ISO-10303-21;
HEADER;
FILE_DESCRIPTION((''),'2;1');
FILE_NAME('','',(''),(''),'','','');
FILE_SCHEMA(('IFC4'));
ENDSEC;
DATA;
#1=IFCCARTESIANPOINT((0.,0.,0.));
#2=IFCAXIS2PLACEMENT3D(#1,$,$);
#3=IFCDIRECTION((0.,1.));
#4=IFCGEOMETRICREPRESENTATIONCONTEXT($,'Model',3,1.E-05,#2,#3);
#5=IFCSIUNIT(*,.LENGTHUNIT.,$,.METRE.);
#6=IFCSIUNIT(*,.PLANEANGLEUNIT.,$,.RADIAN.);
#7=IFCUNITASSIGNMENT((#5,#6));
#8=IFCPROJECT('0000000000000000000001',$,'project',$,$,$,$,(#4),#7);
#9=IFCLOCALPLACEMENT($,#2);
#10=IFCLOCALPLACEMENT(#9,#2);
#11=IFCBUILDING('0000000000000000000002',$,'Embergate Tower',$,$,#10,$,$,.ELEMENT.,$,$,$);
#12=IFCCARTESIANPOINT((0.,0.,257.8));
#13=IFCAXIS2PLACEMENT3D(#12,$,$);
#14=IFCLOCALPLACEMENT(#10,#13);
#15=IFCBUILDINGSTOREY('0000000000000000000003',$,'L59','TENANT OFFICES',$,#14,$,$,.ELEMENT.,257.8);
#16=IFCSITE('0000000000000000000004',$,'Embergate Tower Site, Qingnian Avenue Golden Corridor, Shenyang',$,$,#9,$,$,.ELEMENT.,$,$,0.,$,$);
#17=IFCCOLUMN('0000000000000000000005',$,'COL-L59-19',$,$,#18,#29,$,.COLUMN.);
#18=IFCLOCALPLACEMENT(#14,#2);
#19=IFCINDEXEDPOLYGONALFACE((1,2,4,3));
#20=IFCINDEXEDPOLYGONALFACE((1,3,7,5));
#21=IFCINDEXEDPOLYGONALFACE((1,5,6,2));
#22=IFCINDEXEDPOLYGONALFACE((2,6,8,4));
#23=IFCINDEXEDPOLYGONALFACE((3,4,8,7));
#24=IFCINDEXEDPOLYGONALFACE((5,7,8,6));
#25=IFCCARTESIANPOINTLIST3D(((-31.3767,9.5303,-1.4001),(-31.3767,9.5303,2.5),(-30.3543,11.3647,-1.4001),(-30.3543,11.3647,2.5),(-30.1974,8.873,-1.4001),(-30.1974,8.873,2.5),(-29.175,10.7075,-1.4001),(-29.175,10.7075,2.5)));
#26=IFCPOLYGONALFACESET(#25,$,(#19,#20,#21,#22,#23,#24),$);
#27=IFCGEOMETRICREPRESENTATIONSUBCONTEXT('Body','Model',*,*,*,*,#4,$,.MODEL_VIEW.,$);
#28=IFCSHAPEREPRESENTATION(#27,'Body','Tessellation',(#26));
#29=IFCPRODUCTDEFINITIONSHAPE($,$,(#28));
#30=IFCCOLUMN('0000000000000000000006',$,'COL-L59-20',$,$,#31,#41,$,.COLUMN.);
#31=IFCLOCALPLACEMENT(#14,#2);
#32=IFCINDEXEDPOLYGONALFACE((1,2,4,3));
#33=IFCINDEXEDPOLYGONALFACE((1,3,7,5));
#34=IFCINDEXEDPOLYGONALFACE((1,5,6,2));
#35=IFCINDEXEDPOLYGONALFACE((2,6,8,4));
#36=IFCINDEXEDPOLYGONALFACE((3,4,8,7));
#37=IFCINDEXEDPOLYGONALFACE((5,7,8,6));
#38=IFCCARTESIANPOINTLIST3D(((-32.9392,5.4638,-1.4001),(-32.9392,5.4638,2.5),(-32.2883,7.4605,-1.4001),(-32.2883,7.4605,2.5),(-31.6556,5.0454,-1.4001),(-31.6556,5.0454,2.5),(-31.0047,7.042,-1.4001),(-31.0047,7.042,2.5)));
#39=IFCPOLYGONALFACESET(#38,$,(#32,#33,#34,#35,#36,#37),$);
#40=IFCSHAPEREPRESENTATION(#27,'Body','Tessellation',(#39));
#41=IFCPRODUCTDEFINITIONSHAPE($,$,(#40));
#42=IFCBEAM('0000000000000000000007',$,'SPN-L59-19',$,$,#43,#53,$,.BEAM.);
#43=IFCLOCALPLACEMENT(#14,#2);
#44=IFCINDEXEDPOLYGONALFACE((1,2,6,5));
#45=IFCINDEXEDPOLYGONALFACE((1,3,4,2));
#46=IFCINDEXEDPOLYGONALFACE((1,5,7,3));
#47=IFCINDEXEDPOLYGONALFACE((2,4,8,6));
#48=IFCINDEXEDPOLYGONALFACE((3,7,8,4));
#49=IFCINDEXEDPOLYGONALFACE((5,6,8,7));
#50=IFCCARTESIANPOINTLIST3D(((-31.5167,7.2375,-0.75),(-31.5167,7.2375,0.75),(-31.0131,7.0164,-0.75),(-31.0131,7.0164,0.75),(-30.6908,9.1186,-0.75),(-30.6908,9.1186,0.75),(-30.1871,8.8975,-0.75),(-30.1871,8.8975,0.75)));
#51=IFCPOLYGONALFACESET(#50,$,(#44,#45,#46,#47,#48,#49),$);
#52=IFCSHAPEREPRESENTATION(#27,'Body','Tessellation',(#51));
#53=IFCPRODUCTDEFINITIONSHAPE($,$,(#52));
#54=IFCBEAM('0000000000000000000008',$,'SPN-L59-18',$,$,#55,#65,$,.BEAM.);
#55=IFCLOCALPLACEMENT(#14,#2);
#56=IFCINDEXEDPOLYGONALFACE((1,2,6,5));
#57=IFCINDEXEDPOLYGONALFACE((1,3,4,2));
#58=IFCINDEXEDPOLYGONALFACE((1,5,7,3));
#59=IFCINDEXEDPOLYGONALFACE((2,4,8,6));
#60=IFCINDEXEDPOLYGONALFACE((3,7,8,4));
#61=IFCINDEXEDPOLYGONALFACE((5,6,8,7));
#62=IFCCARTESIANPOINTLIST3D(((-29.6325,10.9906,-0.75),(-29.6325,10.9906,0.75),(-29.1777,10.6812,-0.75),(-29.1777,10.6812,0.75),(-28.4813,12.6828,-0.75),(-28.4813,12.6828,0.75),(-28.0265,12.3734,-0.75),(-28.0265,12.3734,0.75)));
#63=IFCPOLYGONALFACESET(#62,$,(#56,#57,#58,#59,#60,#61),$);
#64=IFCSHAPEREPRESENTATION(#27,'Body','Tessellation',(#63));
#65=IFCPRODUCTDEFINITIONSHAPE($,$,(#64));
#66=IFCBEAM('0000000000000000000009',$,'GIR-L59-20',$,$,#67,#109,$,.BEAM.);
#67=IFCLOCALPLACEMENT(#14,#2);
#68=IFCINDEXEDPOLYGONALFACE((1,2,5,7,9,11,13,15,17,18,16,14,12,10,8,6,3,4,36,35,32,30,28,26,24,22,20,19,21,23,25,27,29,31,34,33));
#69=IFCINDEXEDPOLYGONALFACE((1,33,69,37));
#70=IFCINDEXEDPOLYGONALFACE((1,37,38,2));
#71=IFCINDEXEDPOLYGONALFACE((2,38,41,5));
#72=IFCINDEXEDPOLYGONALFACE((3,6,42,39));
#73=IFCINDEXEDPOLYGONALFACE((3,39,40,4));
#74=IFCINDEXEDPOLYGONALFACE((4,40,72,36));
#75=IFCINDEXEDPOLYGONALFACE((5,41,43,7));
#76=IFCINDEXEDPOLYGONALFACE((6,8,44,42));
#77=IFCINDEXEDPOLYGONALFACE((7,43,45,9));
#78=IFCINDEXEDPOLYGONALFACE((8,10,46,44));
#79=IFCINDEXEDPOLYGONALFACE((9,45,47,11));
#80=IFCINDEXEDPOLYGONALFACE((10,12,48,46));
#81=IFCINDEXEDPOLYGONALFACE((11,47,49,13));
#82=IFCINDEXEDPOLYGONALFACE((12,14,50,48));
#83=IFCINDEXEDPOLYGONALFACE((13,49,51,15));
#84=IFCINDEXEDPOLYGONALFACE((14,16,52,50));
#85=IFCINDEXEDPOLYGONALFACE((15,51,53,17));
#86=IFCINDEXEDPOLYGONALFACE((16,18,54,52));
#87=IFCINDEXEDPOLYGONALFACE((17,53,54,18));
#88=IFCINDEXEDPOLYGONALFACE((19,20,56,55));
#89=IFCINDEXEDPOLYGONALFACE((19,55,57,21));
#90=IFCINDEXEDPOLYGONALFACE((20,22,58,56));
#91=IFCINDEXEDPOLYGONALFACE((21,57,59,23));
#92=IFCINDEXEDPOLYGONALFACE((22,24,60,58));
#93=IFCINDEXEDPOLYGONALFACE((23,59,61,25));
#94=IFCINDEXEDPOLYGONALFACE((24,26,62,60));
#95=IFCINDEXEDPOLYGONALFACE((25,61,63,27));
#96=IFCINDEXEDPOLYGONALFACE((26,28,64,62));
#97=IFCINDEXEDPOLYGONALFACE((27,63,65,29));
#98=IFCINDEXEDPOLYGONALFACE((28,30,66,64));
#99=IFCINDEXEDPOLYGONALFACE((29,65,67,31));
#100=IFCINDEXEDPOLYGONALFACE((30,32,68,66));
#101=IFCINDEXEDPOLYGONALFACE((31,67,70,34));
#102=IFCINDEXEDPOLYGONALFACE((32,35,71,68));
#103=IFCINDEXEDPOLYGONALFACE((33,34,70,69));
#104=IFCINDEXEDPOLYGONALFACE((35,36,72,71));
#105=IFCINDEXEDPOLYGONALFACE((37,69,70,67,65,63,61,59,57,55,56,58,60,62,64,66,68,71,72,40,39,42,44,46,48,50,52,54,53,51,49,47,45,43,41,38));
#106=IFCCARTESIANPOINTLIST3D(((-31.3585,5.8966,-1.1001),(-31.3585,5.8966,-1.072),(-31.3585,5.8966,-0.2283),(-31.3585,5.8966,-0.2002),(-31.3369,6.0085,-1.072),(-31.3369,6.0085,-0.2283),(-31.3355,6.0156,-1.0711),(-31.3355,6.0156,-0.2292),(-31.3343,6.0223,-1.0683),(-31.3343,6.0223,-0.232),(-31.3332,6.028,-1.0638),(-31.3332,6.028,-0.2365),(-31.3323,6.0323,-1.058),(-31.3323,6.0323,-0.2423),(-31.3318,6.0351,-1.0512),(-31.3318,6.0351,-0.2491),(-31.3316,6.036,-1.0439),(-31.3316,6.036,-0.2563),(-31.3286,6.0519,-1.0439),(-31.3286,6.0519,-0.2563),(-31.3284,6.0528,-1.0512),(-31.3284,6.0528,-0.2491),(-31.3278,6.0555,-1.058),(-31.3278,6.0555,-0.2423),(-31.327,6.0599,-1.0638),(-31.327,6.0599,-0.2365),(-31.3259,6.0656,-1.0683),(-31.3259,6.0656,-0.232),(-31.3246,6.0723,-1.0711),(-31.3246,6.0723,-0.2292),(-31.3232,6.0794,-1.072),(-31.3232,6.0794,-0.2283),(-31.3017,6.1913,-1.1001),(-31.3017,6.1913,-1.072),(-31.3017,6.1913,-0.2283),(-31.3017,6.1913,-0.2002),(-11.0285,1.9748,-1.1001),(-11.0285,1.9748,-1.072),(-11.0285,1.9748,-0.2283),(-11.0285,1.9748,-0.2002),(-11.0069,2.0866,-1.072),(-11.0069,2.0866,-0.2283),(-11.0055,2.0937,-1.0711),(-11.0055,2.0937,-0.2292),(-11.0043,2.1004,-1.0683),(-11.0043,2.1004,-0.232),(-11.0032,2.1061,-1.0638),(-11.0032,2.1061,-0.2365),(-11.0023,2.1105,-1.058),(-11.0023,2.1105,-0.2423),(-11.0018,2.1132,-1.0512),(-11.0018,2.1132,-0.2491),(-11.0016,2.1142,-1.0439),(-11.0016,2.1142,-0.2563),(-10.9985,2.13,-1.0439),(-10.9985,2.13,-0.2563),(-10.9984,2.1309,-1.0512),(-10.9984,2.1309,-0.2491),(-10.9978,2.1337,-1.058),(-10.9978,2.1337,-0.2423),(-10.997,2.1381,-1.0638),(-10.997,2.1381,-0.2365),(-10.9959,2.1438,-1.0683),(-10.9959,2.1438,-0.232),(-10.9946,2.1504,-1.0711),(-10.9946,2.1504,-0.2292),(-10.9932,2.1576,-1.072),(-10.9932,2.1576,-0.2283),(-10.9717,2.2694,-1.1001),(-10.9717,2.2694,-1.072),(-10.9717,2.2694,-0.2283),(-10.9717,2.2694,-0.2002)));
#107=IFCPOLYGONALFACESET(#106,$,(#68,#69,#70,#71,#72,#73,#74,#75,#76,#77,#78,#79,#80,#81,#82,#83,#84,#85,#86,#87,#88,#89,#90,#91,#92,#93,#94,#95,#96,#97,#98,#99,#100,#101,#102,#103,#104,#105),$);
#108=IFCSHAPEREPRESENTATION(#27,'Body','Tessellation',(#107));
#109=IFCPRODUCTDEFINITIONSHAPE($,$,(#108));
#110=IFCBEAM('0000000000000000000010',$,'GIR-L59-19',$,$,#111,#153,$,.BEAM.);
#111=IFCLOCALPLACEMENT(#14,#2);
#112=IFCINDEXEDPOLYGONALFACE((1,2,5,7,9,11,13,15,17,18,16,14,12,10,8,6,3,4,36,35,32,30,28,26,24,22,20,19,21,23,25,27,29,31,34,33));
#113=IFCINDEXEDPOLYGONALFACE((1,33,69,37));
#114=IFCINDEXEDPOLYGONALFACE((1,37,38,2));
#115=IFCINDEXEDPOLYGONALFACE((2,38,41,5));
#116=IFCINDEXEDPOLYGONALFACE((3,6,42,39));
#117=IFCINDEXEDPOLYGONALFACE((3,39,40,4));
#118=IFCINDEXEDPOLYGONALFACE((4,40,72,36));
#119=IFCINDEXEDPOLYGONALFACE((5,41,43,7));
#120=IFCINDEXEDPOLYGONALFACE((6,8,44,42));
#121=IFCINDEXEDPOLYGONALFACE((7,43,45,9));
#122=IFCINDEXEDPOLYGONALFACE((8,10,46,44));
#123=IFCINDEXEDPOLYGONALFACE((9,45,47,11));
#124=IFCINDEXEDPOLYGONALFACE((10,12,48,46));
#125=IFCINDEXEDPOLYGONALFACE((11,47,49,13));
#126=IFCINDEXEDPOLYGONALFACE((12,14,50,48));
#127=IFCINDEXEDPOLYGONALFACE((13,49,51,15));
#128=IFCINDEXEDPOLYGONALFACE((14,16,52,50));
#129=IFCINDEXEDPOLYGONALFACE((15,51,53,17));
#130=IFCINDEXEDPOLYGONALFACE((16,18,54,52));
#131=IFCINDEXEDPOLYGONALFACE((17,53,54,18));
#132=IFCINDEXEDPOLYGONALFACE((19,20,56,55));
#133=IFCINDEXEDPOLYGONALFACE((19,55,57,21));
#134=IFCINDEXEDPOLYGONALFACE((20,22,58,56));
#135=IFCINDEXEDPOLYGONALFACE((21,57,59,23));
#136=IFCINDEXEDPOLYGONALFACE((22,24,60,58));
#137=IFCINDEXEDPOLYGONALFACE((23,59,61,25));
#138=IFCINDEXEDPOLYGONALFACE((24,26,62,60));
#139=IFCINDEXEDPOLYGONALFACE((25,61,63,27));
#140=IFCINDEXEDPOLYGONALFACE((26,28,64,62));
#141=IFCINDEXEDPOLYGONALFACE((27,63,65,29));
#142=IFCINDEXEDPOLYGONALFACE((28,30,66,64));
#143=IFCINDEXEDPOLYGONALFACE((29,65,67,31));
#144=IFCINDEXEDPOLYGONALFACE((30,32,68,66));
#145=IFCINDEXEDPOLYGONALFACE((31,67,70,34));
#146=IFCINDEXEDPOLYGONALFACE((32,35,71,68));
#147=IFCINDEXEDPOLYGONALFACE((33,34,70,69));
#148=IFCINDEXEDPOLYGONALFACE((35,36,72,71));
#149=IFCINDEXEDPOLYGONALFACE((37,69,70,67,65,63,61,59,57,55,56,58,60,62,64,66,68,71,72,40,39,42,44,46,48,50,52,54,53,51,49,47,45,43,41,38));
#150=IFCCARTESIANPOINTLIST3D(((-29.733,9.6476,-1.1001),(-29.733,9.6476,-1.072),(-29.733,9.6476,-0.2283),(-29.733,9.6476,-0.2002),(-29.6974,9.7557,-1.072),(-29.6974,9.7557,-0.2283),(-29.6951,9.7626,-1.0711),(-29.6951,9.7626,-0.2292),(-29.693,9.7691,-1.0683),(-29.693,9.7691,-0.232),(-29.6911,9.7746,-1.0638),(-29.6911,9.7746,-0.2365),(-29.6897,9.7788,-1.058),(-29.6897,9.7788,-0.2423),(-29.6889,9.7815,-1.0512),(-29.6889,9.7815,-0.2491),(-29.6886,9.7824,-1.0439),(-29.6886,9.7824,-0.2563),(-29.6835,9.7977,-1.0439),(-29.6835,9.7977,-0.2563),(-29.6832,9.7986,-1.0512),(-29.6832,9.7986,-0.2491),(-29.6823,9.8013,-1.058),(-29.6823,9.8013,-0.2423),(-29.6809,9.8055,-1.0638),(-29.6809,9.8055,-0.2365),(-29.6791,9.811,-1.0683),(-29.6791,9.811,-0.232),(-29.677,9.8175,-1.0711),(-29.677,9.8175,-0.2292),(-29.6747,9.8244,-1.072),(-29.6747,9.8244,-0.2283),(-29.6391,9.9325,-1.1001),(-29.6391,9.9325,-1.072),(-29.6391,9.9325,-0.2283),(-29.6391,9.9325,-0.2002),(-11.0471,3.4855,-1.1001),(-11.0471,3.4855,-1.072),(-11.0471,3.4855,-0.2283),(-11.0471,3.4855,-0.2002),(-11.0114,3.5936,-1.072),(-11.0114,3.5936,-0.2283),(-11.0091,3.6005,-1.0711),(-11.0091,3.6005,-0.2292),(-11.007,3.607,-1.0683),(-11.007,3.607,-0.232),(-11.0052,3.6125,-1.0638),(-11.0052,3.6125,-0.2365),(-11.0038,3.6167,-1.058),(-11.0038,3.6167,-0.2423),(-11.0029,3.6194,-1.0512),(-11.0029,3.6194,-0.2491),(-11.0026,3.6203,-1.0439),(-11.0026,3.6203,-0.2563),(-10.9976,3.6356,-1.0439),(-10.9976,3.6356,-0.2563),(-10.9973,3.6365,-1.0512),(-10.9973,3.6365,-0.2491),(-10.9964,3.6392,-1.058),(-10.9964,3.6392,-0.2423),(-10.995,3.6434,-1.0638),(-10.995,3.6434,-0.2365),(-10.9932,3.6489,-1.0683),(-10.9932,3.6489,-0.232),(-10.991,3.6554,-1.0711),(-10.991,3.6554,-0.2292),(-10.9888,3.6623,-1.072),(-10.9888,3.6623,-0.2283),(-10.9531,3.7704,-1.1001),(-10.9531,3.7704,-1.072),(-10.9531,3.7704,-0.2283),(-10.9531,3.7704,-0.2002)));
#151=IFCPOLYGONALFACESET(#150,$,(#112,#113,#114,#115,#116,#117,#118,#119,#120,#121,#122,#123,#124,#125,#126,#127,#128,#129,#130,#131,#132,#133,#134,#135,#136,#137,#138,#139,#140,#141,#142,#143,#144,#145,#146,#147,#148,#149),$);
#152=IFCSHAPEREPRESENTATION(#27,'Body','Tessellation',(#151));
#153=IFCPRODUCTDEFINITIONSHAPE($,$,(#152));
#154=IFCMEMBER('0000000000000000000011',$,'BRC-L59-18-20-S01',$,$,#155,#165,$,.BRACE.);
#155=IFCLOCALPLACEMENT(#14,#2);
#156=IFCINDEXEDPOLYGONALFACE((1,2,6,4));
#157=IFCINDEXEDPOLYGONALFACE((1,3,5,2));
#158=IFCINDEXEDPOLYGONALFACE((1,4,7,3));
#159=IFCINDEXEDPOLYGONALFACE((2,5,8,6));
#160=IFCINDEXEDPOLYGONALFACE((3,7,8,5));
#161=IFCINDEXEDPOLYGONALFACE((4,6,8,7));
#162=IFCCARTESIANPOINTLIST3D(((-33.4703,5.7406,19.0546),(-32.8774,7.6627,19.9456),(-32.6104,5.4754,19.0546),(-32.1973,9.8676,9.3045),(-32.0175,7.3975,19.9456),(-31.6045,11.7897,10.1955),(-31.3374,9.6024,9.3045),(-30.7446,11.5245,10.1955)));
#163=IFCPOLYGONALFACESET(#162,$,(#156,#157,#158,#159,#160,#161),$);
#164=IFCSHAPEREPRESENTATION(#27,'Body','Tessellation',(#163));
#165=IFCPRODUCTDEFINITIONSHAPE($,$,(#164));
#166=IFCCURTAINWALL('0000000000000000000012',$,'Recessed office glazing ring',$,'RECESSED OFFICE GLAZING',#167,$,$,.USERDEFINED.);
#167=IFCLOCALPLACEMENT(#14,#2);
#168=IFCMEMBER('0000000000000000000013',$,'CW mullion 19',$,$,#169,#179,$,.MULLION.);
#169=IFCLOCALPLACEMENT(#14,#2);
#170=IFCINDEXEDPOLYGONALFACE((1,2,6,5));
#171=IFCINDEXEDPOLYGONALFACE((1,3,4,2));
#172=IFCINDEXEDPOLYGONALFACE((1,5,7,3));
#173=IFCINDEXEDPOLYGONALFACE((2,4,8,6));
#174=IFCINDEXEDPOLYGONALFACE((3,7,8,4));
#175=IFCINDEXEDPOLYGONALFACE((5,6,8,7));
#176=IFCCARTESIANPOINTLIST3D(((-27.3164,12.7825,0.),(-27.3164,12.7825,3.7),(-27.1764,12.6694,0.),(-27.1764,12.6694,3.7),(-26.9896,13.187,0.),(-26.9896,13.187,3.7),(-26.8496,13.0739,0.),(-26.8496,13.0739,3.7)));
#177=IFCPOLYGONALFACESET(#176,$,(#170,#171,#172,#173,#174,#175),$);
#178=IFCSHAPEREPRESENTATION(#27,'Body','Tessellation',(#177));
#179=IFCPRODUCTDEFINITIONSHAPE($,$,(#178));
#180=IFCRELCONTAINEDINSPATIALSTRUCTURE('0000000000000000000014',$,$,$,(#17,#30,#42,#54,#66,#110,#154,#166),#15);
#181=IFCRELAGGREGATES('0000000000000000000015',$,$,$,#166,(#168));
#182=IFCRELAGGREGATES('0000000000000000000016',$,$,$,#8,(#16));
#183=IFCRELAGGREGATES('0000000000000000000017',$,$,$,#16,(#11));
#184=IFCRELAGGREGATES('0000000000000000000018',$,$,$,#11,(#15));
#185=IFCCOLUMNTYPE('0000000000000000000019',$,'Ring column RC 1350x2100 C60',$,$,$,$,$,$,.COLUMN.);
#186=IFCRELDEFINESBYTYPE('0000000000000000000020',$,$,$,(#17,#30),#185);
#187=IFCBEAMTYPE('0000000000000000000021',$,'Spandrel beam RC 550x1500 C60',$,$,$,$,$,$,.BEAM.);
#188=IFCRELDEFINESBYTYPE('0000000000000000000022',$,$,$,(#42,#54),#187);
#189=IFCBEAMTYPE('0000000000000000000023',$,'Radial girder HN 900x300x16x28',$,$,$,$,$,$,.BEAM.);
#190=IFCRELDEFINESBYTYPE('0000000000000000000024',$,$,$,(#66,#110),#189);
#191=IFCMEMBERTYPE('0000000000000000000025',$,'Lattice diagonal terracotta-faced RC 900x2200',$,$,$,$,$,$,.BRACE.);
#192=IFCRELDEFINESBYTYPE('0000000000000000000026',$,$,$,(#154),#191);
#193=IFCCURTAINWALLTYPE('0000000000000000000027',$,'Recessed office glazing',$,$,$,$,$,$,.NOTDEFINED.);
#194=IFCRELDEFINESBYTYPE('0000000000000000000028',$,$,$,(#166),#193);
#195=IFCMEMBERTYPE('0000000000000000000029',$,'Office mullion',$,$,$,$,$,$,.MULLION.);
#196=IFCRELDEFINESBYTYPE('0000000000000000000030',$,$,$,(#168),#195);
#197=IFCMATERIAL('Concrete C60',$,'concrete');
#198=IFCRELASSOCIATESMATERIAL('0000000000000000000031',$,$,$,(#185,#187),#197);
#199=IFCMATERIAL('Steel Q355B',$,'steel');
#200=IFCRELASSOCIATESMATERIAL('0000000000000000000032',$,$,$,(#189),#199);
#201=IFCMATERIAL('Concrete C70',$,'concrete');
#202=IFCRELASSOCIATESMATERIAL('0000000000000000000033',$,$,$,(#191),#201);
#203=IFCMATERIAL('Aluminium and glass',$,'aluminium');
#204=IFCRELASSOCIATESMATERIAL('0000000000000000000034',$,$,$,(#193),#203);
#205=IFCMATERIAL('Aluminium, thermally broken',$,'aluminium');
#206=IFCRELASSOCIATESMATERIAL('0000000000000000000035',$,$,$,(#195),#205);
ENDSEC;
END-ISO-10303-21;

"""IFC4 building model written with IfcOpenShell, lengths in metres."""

from ifc_helpers import new_model, si_unit, direction, frame, origin, origin_2d, place, context, subcontext, project, spatial, rectangle, i_section, extrude, source, transform, mapped, material, material_profile, profile_set, type_object, element, aggregate, save


model = new_model("IFC4")

# Units and contexts
model_context = context("Model", 3, precision=1e-05, world=origin(), true_north=direction((0.0, 1.0)))
body_context = subcontext(model_context, "Body", "Model", "MODEL_VIEW")
ifc_project = project(units=[si_unit("LENGTHUNIT", "METRE"), si_unit("PLANEANGLEUNIT", "RADIAN")], contexts=[model_context])

# Site, building, storey
site_placement = place(None, origin())
site = spatial("IfcSite", under=ifc_project, at=site_placement, Name="Embergate Tower Site, Qingnian Avenue Golden Corridor, Shenyang", CompositionType="ELEMENT", RefElevation=0.0)
building_placement = place(site_placement, origin())
building = spatial("IfcBuilding", under=site, at=building_placement, Name="Embergate Tower", CompositionType="ELEMENT")
storey_placement = place(building_placement, frame((0.0, 0.0, 257.8)))
storey = spatial("IfcBuildingStorey", under=building, at=storey_placement, Name="L59", Description="TENANT OFFICES", CompositionType="ELEMENT", Elevation=257.8)

# Columns
ifc_material_1 = material(Name="Concrete C60", Category="concrete")
ifc_material_profile_1 = material_profile(ifc_material_1, rectangle(XDim=1.3501, YDim=2.1001, at=origin_2d()), Name="RC 1350x2100")
ifc_profile_set_1 = profile_set([ifc_material_profile_1], Name="Concrete C60")
column_type = type_object("IfcColumnType", Name="Ring column RC 1350x2100 C60", PredefinedType="COLUMN", material=ifc_profile_set_1)
shared_shape_1 = source(origin(), body_context, "Body", "SweptSolid", [
    extrude(rectangle(XDim=1.3501, YDim=2.1001, at=origin_2d()), origin(), (0.0, 0.0, 1.0), 3.9001),
])
for number, where, z_axis, x_axis, name in (
    (1, (-30.2759, 10.1189, -1.4001), (0.0, 0.0, 1.0), (-0.873492, 0.486839, 0.0), "COL-L59-19"),
    (2, (-31.9719, 6.2529, -1.4001), (0.0, 0.0, 1.0), (-0.950754, 0.309946, 0.0), "COL-L59-20"),
):
    element("IfcColumn", number, at=place(storey_placement, frame(where, z_axis=z_axis, x_axis=x_axis)), inside=storey, type_object=column_type, Name=name, PredefinedType="COLUMN", context=body_context, shape_type="MappedRepresentation", body=[
        mapped(shared_shape_1, transform((0.0, 0.0, 0.0))),
    ])

# Beams
ifc_material_profile_2 = material_profile(ifc_material_1, rectangle(XDim=0.55, YDim=1.5, at=origin_2d()), Name="RC 550x1500")
ifc_profile_set_2 = profile_set([ifc_material_profile_2], Name="Concrete C60")
beam_type_1 = type_object("IfcBeamType", Name="Spandrel beam RC 550x1500 C60", PredefinedType="BEAM", material=ifc_profile_set_2)
shared_shape_2 = source(origin(), body_context, "Body", "SweptSolid", [
    extrude(rectangle(XDim=0.55, YDim=1.5, at=origin_2d()), origin(), (0.0, 0.0, 1.0), 2.0544),
])
beam_1_placement = place(storey_placement, frame((-30.439, 9.0081, 0.0), z_axis=(-0.402022, -0.91563, 0.0), x_axis=(0.91563, -0.402022, 0.0)))
element("IfcBeam", 3, at=beam_1_placement, inside=storey, type_object=beam_type_1, Name="SPN-L59-19", PredefinedType="BEAM", context=body_context, shape_type="MappedRepresentation", body=[
    mapped(shared_shape_2, transform((0.0, 0.0, 0.0))),
])
shared_shape_3 = source(origin(), body_context, "Body", "SweptSolid", [
    extrude(rectangle(XDim=0.55, YDim=1.5, at=origin_2d()), origin(), (0.0, 0.0, 1.0), 2.0466),
])
beam_2_placement = place(storey_placement, frame((-28.2539, 12.5281, 0.0), z_axis=(-0.562467, -0.82682, 0.0), x_axis=(0.82682, -0.562467, 0.0)))
element("IfcBeam", 4, at=beam_2_placement, inside=storey, type_object=beam_type_1, Name="SPN-L59-18", PredefinedType="BEAM", context=body_context, shape_type="MappedRepresentation", body=[
    mapped(shared_shape_3, transform((0.0, 0.0, 0.0))),
])
ifc_material_2 = material(Name="Steel Q355B", Category="steel")
ifc_material_profile_3 = material_profile(ifc_material_2, i_section(OverallWidth=0.3, OverallDepth=0.8999, WebThickness=0.0161, FlangeThickness=0.0281, FilletRadius=0.0281, at=origin_2d()), Name="HN 900x300x16x28")
ifc_profile_set_3 = profile_set([ifc_material_profile_3], Name="Steel Q355 grade B")
beam_type_2 = type_object("IfcBeamType", Name="Radial girder HN 900x300x16x28", PredefinedType="BEAM", material=ifc_profile_set_3)
shared_shape_4 = source(origin(), body_context, "Body", "SweptSolid", [
    extrude(i_section(OverallWidth=0.3, OverallDepth=0.8999, WebThickness=0.0161, FlangeThickness=0.0281, FilletRadius=0.0281, at=origin_2d()), origin(), (0.0, 0.0, 1.0), 20.7048),
])
beam_3_placement = place(storey_placement, frame((-31.3301, 6.0439, -0.6501), z_axis=(0.981897, -0.189418, 0.0), x_axis=(0.189418, 0.981897, 0.0)))
element("IfcBeam", 5, at=beam_3_placement, inside=storey, type_object=beam_type_2, Name="GIR-L59-20", PredefinedType="BEAM", context=body_context, shape_type="MappedRepresentation", body=[
    mapped(shared_shape_4, transform((0.0, 0.0, 0.0))),
])
shared_shape_5 = source(origin(), body_context, "Body", "SweptSolid", [
    extrude(i_section(OverallWidth=0.3, OverallDepth=0.8999, WebThickness=0.0161, FlangeThickness=0.0281, FilletRadius=0.0281, at=origin_2d()), origin(), (0.0, 0.0, 1.0), 19.6758),
])
beam_4_placement = place(storey_placement, frame((-29.686, 9.79, -0.6501), z_axis=(0.949693, -0.313181, 0.0), x_axis=(0.313181, 0.949693, 0.0)))
element("IfcBeam", 6, at=beam_4_placement, inside=storey, type_object=beam_type_2, Name="GIR-L59-19", PredefinedType="BEAM", context=body_context, shape_type="MappedRepresentation", body=[
    mapped(shared_shape_5, transform((0.0, 0.0, 0.0))),
])

# Member
ifc_material_3 = material(Name="Concrete C70", Category="concrete")
ifc_material_profile_4 = material_profile(ifc_material_3, rectangle(XDim=0.8999, YDim=2.2, at=origin_2d()), Name="RC 900x2200")
ifc_profile_set_4 = profile_set([ifc_material_profile_4], Name="Concrete C70")
member_type_1 = type_object("IfcMemberType", Name="Lattice diagonal terracotta-faced RC 900x2200", PredefinedType="BRACE", material=ifc_profile_set_4)
shared_shape_6 = source(origin(), body_context, "Body", "SweptSolid", [
    extrude(rectangle(XDim=0.8999, YDim=2.2, at=origin_2d()), origin(), (0.0, 0.0, 1.0), 10.6638),
])
member_1_placement = place(storey_placement, frame((-31.4709, 10.696, 9.75), z_axis=(-0.119372, -0.387009, 0.914316), x_axis=(0.955576, -0.294745, 0.0)))
element("IfcMember", 7, at=member_1_placement, inside=storey, type_object=member_type_1, Name="BRC-L59-18-20-S01", PredefinedType="BRACE", context=body_context, shape_type="MappedRepresentation", body=[
    mapped(shared_shape_6, transform((0.0, 0.0, 0.0))),
])

# Curtain wall, member
ifc_material_4 = material(Name="Aluminium and glass", Category="aluminium")
curtain_wall_type = type_object("IfcCurtainWallType", Name="Recessed office glazing", PredefinedType="NOTDEFINED", material=ifc_material_4)
curtain_wall_placement = place(storey_placement, origin())
curtain_wall = element("IfcCurtainWall", 8, at=curtain_wall_placement, inside=storey, type_object=curtain_wall_type, Name="Recessed office glazing ring", ObjectType="RECESSED OFFICE GLAZING", PredefinedType="USERDEFINED")
ifc_material_5 = material(Name="Aluminium, thermally broken", Category="aluminium")
ifc_material_profile_5 = material_profile(ifc_material_5, rectangle(XDim=0.1799, YDim=0.52, at=origin_2d()), Name="AL 520x180")
ifc_profile_set_5 = profile_set([ifc_material_profile_5], Name="Aluminium, thermally broken")
member_type_2 = type_object("IfcMemberType", Name="Office mullion", PredefinedType="MULLION", material=ifc_profile_set_5)
shared_shape_7 = source(origin(), body_context, "Body", "SweptSolid", [
    extrude(rectangle(XDim=0.1799, YDim=0.52, at=origin_2d()), origin(), (0.0, 0.0, 1.0), 3.7),
])
member_2_placement = place(storey_placement, frame((-27.083, 12.9282, 0.0), z_axis=(0.0, 0.0, 1.0), x_axis=(0.777864, -0.628433, 0.0)))
member_2 = element("IfcMember", 9, at=member_2_placement, type_object=member_type_2, Name="CW mullion 19", PredefinedType="MULLION", context=body_context, shape_type="MappedRepresentation", body=[
    mapped(shared_shape_7, transform((0.0, 0.0, 0.0))),
])
aggregate(curtain_wall, [member_2])

save(model, "model.ifc")
